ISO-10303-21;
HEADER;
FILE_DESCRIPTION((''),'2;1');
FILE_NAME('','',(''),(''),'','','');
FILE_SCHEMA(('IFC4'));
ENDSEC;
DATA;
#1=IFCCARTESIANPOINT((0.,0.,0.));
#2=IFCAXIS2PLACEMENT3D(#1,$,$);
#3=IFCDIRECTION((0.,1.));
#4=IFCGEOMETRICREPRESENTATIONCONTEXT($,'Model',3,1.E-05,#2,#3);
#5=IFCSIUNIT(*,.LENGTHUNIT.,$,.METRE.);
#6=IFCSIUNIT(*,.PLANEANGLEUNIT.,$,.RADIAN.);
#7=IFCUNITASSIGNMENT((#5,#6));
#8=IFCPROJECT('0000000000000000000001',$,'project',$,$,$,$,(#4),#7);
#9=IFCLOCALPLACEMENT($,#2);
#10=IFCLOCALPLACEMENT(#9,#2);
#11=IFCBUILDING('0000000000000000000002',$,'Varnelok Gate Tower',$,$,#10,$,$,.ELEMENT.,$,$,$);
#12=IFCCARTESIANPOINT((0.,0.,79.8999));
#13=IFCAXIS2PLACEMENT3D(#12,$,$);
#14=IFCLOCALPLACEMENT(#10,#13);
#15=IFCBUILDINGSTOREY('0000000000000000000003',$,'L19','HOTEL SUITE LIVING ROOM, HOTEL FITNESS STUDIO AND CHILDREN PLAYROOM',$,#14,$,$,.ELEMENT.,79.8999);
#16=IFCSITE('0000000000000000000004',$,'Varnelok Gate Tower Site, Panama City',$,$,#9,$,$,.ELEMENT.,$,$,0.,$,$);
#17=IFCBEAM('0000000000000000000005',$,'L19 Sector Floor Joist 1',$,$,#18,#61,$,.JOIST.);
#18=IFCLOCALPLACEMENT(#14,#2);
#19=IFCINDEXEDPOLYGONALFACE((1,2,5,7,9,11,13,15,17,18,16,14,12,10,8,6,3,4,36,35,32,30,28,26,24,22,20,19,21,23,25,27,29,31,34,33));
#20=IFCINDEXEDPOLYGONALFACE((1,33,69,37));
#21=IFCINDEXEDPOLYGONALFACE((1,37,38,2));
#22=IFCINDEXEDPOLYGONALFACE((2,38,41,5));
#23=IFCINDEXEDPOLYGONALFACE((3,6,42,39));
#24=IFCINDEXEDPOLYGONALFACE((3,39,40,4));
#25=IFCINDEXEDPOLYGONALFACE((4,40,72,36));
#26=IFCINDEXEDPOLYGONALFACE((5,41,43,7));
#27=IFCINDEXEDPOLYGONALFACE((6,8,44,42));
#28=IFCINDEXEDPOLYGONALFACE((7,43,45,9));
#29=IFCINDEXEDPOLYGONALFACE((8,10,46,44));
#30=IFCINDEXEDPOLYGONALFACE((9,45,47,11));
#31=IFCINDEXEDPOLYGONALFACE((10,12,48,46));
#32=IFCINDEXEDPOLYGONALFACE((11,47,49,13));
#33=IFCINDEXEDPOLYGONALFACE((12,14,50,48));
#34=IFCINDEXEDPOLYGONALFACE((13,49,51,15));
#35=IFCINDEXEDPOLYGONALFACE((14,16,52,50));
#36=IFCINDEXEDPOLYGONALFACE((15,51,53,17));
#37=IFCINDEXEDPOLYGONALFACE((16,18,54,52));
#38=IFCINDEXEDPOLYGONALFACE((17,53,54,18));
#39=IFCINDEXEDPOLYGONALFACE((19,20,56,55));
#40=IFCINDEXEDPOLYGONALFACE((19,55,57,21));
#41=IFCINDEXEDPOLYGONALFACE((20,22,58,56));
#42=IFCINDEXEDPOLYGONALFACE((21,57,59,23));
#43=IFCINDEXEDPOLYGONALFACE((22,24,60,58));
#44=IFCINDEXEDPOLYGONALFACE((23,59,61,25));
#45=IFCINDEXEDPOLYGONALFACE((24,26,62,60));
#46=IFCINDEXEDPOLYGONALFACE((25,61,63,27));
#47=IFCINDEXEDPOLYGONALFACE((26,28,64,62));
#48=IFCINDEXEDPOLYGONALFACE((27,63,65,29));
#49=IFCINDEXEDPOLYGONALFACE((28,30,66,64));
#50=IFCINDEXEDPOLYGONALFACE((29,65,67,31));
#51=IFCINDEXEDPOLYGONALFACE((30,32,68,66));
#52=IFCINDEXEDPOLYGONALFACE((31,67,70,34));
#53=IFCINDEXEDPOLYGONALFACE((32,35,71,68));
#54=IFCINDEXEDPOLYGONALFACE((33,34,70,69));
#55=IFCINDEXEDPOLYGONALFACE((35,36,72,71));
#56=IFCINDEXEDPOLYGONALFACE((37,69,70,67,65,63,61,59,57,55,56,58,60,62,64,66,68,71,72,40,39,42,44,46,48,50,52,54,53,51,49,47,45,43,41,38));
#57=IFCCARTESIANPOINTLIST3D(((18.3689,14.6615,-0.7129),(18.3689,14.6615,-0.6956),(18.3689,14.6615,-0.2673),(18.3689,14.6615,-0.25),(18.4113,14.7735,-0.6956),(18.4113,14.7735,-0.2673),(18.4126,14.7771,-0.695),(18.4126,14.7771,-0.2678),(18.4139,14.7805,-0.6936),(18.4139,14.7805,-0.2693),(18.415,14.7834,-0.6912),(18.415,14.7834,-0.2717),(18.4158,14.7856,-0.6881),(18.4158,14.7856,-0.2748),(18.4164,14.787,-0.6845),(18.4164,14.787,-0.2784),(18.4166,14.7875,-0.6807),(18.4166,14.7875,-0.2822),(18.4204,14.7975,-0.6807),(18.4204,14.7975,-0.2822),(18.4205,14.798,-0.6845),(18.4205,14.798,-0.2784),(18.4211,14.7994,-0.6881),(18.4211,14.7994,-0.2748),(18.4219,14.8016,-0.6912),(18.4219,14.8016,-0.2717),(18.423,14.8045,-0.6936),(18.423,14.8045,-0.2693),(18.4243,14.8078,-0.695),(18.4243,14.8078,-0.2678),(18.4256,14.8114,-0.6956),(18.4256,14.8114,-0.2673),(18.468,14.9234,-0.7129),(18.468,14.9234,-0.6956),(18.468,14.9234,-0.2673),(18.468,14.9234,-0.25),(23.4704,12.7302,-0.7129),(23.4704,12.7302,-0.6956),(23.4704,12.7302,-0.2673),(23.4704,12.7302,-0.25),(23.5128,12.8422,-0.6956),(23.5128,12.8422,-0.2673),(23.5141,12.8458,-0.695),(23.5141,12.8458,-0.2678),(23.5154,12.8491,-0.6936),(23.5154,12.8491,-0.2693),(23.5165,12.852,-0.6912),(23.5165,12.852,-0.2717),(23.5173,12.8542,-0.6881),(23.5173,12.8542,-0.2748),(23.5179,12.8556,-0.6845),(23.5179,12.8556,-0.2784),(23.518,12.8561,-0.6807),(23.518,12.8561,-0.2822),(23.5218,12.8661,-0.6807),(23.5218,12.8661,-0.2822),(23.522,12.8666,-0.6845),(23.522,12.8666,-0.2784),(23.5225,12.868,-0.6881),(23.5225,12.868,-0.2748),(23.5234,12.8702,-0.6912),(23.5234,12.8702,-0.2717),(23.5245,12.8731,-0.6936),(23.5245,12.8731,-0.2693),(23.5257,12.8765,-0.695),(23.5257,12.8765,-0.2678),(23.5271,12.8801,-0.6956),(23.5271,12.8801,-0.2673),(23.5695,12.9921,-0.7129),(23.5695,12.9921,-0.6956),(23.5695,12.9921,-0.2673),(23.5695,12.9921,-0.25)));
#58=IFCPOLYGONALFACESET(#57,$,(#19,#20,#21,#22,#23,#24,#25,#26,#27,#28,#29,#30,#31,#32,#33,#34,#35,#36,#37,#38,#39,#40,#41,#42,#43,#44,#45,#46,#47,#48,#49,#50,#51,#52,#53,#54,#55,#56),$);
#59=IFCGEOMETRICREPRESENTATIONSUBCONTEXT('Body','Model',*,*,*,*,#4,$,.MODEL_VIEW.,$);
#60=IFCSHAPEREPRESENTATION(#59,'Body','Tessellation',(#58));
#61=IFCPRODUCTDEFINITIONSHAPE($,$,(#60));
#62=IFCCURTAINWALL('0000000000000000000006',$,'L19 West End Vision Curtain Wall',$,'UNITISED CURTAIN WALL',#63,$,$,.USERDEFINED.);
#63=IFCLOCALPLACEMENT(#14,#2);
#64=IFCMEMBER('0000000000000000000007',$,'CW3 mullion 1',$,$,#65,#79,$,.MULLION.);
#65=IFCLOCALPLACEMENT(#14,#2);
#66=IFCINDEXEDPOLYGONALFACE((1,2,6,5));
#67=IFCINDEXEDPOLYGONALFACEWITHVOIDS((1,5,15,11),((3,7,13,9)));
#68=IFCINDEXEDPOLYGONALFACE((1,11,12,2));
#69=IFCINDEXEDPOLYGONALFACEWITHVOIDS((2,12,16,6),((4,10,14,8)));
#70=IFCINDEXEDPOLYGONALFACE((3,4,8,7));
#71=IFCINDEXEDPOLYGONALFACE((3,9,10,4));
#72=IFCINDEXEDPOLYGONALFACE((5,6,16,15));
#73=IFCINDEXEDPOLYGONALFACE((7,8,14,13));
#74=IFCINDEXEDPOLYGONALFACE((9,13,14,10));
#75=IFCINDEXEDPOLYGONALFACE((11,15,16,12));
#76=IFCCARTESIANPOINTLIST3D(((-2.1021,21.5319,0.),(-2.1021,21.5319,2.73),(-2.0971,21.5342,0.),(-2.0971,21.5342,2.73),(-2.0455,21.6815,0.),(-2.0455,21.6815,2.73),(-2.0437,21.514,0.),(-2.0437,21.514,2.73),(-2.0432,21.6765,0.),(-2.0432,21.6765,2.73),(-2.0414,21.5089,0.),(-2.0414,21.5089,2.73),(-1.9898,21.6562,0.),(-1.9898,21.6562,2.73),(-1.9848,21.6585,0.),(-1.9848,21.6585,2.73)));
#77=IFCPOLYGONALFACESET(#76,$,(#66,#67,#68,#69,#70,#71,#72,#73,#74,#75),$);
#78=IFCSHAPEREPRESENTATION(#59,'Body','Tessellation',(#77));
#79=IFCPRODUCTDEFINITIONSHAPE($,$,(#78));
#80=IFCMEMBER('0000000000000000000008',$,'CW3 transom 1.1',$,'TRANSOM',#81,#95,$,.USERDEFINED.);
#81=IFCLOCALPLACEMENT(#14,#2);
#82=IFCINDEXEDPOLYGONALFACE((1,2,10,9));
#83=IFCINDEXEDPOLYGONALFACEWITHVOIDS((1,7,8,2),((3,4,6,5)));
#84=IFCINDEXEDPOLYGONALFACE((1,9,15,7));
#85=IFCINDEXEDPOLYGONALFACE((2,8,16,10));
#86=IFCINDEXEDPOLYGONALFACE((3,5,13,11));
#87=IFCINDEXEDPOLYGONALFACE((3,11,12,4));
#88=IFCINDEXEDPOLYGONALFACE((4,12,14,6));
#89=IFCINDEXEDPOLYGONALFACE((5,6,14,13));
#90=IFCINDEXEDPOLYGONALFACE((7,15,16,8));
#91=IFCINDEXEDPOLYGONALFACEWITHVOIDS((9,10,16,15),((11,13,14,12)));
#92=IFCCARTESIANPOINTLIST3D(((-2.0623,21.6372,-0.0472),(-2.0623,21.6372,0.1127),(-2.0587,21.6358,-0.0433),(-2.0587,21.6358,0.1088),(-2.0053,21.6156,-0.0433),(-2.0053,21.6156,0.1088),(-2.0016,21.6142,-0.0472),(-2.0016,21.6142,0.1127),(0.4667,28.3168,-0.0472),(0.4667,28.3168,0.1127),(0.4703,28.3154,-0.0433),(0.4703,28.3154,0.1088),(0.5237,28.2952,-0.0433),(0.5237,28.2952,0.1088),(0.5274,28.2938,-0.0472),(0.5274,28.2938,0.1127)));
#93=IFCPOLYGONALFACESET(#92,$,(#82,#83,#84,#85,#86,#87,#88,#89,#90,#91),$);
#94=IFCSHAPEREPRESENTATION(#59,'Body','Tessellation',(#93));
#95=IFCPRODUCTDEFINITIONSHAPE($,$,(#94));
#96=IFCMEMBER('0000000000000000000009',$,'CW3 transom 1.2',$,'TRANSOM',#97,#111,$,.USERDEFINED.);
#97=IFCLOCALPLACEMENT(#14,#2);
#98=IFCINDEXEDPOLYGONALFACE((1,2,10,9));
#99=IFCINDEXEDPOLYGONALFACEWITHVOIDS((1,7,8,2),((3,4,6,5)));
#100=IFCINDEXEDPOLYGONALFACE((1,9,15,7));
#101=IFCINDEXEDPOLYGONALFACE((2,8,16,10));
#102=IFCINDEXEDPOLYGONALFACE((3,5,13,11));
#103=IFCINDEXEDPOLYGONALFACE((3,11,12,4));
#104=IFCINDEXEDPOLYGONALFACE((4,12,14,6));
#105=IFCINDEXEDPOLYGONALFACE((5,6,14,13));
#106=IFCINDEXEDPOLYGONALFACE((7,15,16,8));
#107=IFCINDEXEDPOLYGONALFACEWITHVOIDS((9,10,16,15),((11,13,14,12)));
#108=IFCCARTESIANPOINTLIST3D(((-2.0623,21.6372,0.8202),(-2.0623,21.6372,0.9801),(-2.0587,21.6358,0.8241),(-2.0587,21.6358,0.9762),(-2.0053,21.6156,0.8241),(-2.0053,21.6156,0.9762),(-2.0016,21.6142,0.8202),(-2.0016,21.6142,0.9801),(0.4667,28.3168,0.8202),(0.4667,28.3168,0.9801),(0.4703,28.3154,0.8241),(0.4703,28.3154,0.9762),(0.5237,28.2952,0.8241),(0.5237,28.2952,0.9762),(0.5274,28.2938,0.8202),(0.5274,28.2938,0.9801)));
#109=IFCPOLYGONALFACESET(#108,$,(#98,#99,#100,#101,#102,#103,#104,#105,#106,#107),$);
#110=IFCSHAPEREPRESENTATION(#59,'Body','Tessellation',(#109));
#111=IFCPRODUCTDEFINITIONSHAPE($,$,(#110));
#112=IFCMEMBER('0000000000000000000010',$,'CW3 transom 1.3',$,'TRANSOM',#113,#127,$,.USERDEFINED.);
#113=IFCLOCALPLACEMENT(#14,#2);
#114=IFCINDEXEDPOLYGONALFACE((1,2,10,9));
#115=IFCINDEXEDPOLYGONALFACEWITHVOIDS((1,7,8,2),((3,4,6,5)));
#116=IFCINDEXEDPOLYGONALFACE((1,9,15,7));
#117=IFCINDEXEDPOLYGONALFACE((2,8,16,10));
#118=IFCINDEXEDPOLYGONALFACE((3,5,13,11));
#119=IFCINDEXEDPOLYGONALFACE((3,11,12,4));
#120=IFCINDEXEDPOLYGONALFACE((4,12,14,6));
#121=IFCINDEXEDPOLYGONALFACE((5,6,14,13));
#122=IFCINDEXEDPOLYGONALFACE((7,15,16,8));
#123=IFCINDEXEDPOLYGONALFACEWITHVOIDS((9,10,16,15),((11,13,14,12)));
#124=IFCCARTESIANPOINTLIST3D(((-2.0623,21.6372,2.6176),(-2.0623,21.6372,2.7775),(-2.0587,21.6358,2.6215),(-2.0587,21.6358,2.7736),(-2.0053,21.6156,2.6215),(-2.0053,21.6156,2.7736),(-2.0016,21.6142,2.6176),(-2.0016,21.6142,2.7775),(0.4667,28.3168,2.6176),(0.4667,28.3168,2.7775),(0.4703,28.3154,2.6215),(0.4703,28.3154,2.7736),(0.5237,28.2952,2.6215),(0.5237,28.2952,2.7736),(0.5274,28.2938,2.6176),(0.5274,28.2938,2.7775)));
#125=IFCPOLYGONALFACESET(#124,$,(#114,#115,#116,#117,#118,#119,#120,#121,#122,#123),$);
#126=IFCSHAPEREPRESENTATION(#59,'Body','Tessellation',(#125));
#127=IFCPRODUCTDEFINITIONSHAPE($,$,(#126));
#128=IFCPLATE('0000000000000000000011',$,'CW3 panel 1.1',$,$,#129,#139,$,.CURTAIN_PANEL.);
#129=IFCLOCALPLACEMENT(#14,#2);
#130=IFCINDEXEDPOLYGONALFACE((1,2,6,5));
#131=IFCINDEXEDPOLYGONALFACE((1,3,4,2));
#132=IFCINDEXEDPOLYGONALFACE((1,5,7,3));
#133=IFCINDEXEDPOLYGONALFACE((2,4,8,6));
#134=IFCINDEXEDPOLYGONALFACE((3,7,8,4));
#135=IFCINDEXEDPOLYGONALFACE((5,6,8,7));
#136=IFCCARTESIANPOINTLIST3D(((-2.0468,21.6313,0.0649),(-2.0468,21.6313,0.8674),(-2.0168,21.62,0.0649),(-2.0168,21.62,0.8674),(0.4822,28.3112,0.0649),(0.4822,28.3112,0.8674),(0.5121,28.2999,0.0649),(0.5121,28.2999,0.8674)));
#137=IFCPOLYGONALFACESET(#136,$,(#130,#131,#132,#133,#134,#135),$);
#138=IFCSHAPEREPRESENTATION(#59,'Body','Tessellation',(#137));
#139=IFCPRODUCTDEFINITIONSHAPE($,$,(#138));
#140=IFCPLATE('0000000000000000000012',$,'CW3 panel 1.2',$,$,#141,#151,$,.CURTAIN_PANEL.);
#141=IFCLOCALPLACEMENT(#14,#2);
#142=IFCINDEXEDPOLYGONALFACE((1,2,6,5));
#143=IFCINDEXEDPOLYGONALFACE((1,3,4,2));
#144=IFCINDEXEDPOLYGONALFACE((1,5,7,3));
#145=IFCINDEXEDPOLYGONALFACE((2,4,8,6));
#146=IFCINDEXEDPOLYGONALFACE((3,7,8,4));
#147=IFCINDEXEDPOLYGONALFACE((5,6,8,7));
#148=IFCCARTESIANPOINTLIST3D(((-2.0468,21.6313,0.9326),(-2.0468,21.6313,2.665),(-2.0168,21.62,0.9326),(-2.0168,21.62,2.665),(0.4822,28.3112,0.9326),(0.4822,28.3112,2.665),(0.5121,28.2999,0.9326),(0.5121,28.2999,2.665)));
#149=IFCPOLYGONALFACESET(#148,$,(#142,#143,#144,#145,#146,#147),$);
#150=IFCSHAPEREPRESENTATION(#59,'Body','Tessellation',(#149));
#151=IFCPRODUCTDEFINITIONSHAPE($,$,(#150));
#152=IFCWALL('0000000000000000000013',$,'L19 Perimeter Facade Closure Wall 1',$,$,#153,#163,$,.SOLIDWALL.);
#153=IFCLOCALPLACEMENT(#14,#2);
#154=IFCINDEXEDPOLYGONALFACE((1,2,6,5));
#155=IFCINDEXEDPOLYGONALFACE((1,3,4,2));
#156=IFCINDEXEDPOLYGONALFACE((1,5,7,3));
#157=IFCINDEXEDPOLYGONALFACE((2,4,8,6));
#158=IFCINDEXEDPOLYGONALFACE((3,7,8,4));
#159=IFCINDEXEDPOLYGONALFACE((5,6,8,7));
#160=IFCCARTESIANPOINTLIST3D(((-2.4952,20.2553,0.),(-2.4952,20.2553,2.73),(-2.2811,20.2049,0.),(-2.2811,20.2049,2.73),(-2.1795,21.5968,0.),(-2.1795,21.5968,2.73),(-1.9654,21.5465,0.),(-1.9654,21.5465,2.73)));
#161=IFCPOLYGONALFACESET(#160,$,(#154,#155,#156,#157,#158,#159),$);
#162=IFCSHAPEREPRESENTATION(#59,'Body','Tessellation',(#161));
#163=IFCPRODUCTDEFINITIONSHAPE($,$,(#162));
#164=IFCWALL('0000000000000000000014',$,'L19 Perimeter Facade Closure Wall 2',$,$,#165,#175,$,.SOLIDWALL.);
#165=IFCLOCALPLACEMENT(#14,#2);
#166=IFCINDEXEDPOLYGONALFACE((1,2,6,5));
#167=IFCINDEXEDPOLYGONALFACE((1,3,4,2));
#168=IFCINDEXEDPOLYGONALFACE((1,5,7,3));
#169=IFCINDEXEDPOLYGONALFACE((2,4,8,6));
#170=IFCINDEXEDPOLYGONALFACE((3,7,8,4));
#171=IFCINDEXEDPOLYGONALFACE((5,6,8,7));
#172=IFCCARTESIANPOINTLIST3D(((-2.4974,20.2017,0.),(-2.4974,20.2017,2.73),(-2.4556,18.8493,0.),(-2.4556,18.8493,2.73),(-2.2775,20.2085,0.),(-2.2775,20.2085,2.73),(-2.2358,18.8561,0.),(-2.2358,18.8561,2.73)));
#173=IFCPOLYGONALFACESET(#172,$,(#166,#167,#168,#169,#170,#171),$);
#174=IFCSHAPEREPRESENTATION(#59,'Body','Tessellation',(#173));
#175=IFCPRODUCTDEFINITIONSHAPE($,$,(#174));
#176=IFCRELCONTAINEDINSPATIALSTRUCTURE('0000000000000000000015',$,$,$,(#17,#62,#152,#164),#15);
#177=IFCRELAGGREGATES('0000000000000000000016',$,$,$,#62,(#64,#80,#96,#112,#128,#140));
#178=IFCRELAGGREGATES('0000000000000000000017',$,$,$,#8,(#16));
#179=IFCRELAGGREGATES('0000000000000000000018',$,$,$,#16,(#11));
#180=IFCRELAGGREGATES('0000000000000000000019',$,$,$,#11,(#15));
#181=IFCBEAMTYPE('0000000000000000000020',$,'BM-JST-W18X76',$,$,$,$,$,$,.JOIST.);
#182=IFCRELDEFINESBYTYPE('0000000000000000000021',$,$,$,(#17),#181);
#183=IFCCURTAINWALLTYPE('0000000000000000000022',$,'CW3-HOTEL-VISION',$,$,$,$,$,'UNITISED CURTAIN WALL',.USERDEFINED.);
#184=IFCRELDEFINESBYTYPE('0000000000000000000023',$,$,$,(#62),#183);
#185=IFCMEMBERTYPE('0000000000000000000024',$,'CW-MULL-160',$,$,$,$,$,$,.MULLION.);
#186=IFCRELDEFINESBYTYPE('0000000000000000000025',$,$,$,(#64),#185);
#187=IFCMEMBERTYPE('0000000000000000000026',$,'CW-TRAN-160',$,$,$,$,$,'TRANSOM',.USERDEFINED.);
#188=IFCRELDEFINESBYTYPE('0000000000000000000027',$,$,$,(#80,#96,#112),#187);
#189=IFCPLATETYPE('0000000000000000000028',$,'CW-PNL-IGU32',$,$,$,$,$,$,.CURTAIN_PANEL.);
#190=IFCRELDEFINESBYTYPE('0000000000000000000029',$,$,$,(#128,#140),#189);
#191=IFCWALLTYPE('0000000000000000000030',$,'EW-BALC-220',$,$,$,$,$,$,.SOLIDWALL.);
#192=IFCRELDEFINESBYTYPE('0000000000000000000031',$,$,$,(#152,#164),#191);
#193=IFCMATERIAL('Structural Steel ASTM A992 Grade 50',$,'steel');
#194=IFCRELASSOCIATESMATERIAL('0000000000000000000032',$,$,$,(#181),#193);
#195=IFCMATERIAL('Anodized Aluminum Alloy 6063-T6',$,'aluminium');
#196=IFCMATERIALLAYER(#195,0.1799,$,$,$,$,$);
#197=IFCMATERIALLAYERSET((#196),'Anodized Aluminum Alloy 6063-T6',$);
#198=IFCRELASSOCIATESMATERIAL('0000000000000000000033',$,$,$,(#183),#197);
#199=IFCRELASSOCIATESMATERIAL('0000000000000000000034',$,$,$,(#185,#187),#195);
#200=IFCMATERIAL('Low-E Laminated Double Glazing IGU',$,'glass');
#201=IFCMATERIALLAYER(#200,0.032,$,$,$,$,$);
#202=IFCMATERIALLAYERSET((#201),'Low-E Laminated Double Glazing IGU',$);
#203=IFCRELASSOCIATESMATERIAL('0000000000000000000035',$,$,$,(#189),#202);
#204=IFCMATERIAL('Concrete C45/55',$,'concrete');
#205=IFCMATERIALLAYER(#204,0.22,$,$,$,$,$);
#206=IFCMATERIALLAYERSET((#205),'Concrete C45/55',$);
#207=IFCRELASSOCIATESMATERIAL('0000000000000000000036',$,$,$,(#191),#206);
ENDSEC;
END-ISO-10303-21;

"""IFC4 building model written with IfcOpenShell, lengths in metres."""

from ifc_helpers import new_model, si_unit, direction, frame, frame_2d, origin, origin_2d, place, context, subcontext, project, spatial, rectangle, hollow_rectangle, i_section, extrude, source, transform, mapped, material, layer, layer_set, material_profile, profile_set, type_object, element, aggregate, save


model = new_model("IFC4")

# Units and contexts
model_context = context("Model", 3, precision=1e-05, world=origin(), true_north=direction((0.0, 1.0)))
body_context = subcontext(model_context, "Body", "Model", "MODEL_VIEW")
ifc_project = project(units=[si_unit("LENGTHUNIT", "METRE"), si_unit("PLANEANGLEUNIT", "RADIAN")], contexts=[model_context])

# Site, building, storey
site_placement = place(None, origin())
site = spatial("IfcSite", under=ifc_project, at=site_placement, Name="Varnelok Gate Tower Site, Panama City", CompositionType="ELEMENT", RefElevation=0.0)
building_placement = place(site_placement, origin())
building = spatial("IfcBuilding", under=site, at=building_placement, Name="Varnelok Gate Tower", CompositionType="ELEMENT")
storey_placement = place(building_placement, frame((0.0, 0.0, 79.8999)))
storey = spatial("IfcBuildingStorey", under=building, at=storey_placement, Name="L19", Description="HOTEL SUITE LIVING ROOM, HOTEL FITNESS STUDIO AND CHILDREN PLAYROOM", CompositionType="ELEMENT", Elevation=79.8999)

# Beam
ifc_material_1 = material(Name="Structural Steel ASTM A992 Grade 50", Category="steel")
ifc_material_profile_1 = material_profile(ifc_material_1, i_section(OverallWidth=0.28, OverallDepth=0.4629, WebThickness=0.0107, FlangeThickness=0.0173, FilletRadius=0.0149, at=origin_2d()), Name="W18X76")
ifc_profile_set_1 = profile_set([ifc_material_profile_1], Name="Structural Steel ASTM A992 Grade 50")
beam_type = type_object("IfcBeamType", Name="BM-JST-W18X76", PredefinedType="JOIST", material=ifc_profile_set_1)
beam_placement = place(storey_placement, frame((18.4185, 14.7925, -0.4814), z_axis=(0.935221, -0.354065, 0.0), x_axis=(0.354065, 0.935221, 0.0)))
element("IfcBeam", 1, at=beam_placement, inside=storey, type_object=beam_type, Name="L19 Sector Floor Joist 1", PredefinedType="JOIST", context=body_context, shape_type="SweptSolid", body=[
    extrude(i_section(OverallWidth=0.28, OverallDepth=0.4629, WebThickness=0.0107, FlangeThickness=0.0173, FilletRadius=0.0149, at=origin_2d()), origin(), (0.0, 0.0, 1.0), 5.4548),
])

# Curtain wall, members, plates
ifc_material_2 = material(Name="Anodized Aluminum Alloy 6063-T6", Category="aluminium")
ifc_layer_1 = layer(ifc_material_2, 0.1799)
ifc_layer_set_1 = layer_set([ifc_layer_1], Name="Anodized Aluminum Alloy 6063-T6")
curtain_wall_type = type_object("IfcCurtainWallType", Name="CW3-HOTEL-VISION", ElementType="UNITISED CURTAIN WALL", PredefinedType="USERDEFINED", material=ifc_layer_set_1)
curtain_wall_placement = place(storey_placement, origin())
curtain_wall = element("IfcCurtainWall", 2, at=curtain_wall_placement, inside=storey, type_object=curtain_wall_type, Name="L19 West End Vision Curtain Wall", ObjectType="UNITISED CURTAIN WALL", PredefinedType="USERDEFINED")
ifc_material_profile_2 = material_profile(ifc_material_2, hollow_rectangle(XDim=0.0649, YDim=0.1599, WallThickness=0.0039, at=origin_2d()), Name="ALU160X65X4")
ifc_profile_set_2 = profile_set([ifc_material_profile_2], Name="Anodized Aluminum Alloy 6063-T6")
member_type_1 = type_object("IfcMemberType", Name="CW-MULL-160", PredefinedType="MULLION", material=ifc_profile_set_2)
member_1_placement = place(storey_placement, frame((-2.0435, 21.5952, 0.0), z_axis=(0.0, 0.0, 1.0), x_axis=(-0.935221, 0.354064, 0.0)))
member_1 = element("IfcMember", 3, at=member_1_placement, type_object=member_type_1, Name="CW3 mullion 1", PredefinedType="MULLION", context=body_context, shape_type="SweptSolid", body=[
    extrude(hollow_rectangle(XDim=0.0649, YDim=0.1599, WallThickness=0.0039, at=origin_2d()), origin(), (0.0, 0.0, 1.0), 2.73),
])
ifc_material_profile_3 = material_profile(ifc_material_2, hollow_rectangle(XDim=0.0649, YDim=0.1599, WallThickness=0.0039, at=origin_2d()), Name="ALU160X65X4")
ifc_profile_set_3 = profile_set([ifc_material_profile_3], Name="Anodized Aluminum Alloy 6063-T6")
member_type_2 = type_object("IfcMemberType", Name="CW-TRAN-160", ElementType="TRANSOM", PredefinedType="USERDEFINED", material=ifc_profile_set_3)
member_2_placement = place(storey_placement, frame((-2.032, 21.6257, 0.0327), z_axis=(0.354088, 0.935212, 0.0), x_axis=(-0.935212, 0.354088, 0.0)))
member_2 = element("IfcMember", 4, at=member_2_placement, type_object=member_type_2, Name="CW3 transom 1.1", ObjectType="TRANSOM", PredefinedType="USERDEFINED", context=body_context, shape_type="SweptSolid", body=[
    extrude(hollow_rectangle(XDim=0.0649, YDim=0.1599, WallThickness=0.0039, at=origin_2d()), origin(), (0.0, 0.0, 1.0), 7.1423),
])
member_3_placement = place(storey_placement, frame((-2.032, 21.6257, 0.9001), z_axis=(0.354088, 0.935212, 0.0), x_axis=(-0.935212, 0.354088, 0.0)))
member_3 = element("IfcMember", 5, at=member_3_placement, type_object=member_type_2, Name="CW3 transom 1.2", ObjectType="TRANSOM", PredefinedType="USERDEFINED", context=body_context, shape_type="SweptSolid", body=[
    extrude(hollow_rectangle(XDim=0.0649, YDim=0.1599, WallThickness=0.0039, at=origin_2d()), origin(), (0.0, 0.0, 1.0), 7.1423),
])
member_4_placement = place(storey_placement, frame((-2.032, 21.6257, 2.6975), z_axis=(0.354088, 0.935212, 0.0), x_axis=(-0.935212, 0.354088, 0.0)))
member_4 = element("IfcMember", 6, at=member_4_placement, type_object=member_type_2, Name="CW3 transom 1.3", ObjectType="TRANSOM", PredefinedType="USERDEFINED", context=body_context, shape_type="SweptSolid", body=[
    extrude(hollow_rectangle(XDim=0.0649, YDim=0.1599, WallThickness=0.0039, at=origin_2d()), origin(), (0.0, 0.0, 1.0), 7.1423),
])
ifc_material_3 = material(Name="Low-E Laminated Double Glazing IGU", Category="glass")
ifc_layer_2 = layer(ifc_material_3, 0.032)
ifc_layer_set_2 = layer_set([ifc_layer_2], Name="Low-E Laminated Double Glazing IGU")
plate_type = type_object("IfcPlateType", Name="CW-PNL-IGU32", PredefinedType="CURTAIN_PANEL", material=ifc_layer_set_2)
shared_shape_1 = source(origin(), body_context, "Body", "SweptSolid", [
    extrude(rectangle(XDim=7.1426, YDim=0.032, at=origin_2d()), origin(), (0.0, 0.0, 1.0), 0.8025),
])
plate_1_placement = place(storey_placement, frame((-0.7673, 24.9656, 0.0649), z_axis=(0.0, 0.0, 1.0), x_axis=(0.354064, 0.935221, 0.0)))
plate_1 = element("IfcPlate", 7, at=plate_1_placement, type_object=plate_type, Name="CW3 panel 1.1", PredefinedType="CURTAIN_PANEL", context=body_context, shape_type="MappedRepresentation", body=[
    mapped(shared_shape_1, transform((0.0, 0.0, 0.0), scale=1.0)),
])
shared_shape_2 = source(origin(), body_context, "Body", "SweptSolid", [
    extrude(rectangle(XDim=7.1426, YDim=0.032, at=origin_2d()), origin(), (0.0, 0.0, 1.0), 1.7324),
])
plate_2_placement = place(storey_placement, frame((-0.7673, 24.9656, 0.9326), z_axis=(0.0, 0.0, 1.0), x_axis=(0.354064, 0.935221, 0.0)))
plate_2 = element("IfcPlate", 8, at=plate_2_placement, type_object=plate_type, Name="CW3 panel 1.2", PredefinedType="CURTAIN_PANEL", context=body_context, shape_type="MappedRepresentation", body=[
    mapped(shared_shape_2, transform((0.0, 0.0, 0.0), scale=1.0)),
])
aggregate(curtain_wall, [member_1, member_2, member_3, member_4, plate_1, plate_2])

# Walls
ifc_material_4 = material(Name="Concrete C45/55", Category="concrete")
ifc_layer_3 = layer(ifc_material_4, 0.22)
ifc_layer_set_3 = layer_set([ifc_layer_3], Name="Concrete C45/55")
wall_type_1 = type_object("IfcWallType", Name="EW-BALC-220", PredefinedType="SOLIDWALL", material=ifc_layer_set_3)
wall_1_placement = place(storey_placement, frame((-2.0725, 21.5715, 0.0), z_axis=(0.0, 0.0, 1.0), x_axis=(-0.229049, -0.973415, 0.0)))
element("IfcWall", 9, at=wall_1_placement, inside=storey, type_object=wall_type_1, Name="L19 Perimeter Facade Closure Wall 1", PredefinedType="SOLIDWALL", context=body_context, shape_type="SweptSolid", body=[
    extrude(rectangle(XDim=1.3782, YDim=0.22, at=frame_2d((0.689, 0.0))), origin(), (0.0, 0.0, 1.0), 2.73),
])
wall_2_placement = place(storey_placement, frame((-2.3875, 20.2051, 0.0), z_axis=(0.0, 0.0, 1.0), x_axis=(0.030857, -0.999524, 0.0)))
element("IfcWall", 10, at=wall_2_placement, inside=storey, type_object=wall_type_1, Name="L19 Perimeter Facade Closure Wall 2", PredefinedType="SOLIDWALL", context=body_context, shape_type="SweptSolid", body=[
    extrude(rectangle(XDim=1.353, YDim=0.22, at=frame_2d((0.6765, 0.0))), origin(), (0.0, 0.0, 1.0), 2.73),
])

save(model, "model.ifc")
